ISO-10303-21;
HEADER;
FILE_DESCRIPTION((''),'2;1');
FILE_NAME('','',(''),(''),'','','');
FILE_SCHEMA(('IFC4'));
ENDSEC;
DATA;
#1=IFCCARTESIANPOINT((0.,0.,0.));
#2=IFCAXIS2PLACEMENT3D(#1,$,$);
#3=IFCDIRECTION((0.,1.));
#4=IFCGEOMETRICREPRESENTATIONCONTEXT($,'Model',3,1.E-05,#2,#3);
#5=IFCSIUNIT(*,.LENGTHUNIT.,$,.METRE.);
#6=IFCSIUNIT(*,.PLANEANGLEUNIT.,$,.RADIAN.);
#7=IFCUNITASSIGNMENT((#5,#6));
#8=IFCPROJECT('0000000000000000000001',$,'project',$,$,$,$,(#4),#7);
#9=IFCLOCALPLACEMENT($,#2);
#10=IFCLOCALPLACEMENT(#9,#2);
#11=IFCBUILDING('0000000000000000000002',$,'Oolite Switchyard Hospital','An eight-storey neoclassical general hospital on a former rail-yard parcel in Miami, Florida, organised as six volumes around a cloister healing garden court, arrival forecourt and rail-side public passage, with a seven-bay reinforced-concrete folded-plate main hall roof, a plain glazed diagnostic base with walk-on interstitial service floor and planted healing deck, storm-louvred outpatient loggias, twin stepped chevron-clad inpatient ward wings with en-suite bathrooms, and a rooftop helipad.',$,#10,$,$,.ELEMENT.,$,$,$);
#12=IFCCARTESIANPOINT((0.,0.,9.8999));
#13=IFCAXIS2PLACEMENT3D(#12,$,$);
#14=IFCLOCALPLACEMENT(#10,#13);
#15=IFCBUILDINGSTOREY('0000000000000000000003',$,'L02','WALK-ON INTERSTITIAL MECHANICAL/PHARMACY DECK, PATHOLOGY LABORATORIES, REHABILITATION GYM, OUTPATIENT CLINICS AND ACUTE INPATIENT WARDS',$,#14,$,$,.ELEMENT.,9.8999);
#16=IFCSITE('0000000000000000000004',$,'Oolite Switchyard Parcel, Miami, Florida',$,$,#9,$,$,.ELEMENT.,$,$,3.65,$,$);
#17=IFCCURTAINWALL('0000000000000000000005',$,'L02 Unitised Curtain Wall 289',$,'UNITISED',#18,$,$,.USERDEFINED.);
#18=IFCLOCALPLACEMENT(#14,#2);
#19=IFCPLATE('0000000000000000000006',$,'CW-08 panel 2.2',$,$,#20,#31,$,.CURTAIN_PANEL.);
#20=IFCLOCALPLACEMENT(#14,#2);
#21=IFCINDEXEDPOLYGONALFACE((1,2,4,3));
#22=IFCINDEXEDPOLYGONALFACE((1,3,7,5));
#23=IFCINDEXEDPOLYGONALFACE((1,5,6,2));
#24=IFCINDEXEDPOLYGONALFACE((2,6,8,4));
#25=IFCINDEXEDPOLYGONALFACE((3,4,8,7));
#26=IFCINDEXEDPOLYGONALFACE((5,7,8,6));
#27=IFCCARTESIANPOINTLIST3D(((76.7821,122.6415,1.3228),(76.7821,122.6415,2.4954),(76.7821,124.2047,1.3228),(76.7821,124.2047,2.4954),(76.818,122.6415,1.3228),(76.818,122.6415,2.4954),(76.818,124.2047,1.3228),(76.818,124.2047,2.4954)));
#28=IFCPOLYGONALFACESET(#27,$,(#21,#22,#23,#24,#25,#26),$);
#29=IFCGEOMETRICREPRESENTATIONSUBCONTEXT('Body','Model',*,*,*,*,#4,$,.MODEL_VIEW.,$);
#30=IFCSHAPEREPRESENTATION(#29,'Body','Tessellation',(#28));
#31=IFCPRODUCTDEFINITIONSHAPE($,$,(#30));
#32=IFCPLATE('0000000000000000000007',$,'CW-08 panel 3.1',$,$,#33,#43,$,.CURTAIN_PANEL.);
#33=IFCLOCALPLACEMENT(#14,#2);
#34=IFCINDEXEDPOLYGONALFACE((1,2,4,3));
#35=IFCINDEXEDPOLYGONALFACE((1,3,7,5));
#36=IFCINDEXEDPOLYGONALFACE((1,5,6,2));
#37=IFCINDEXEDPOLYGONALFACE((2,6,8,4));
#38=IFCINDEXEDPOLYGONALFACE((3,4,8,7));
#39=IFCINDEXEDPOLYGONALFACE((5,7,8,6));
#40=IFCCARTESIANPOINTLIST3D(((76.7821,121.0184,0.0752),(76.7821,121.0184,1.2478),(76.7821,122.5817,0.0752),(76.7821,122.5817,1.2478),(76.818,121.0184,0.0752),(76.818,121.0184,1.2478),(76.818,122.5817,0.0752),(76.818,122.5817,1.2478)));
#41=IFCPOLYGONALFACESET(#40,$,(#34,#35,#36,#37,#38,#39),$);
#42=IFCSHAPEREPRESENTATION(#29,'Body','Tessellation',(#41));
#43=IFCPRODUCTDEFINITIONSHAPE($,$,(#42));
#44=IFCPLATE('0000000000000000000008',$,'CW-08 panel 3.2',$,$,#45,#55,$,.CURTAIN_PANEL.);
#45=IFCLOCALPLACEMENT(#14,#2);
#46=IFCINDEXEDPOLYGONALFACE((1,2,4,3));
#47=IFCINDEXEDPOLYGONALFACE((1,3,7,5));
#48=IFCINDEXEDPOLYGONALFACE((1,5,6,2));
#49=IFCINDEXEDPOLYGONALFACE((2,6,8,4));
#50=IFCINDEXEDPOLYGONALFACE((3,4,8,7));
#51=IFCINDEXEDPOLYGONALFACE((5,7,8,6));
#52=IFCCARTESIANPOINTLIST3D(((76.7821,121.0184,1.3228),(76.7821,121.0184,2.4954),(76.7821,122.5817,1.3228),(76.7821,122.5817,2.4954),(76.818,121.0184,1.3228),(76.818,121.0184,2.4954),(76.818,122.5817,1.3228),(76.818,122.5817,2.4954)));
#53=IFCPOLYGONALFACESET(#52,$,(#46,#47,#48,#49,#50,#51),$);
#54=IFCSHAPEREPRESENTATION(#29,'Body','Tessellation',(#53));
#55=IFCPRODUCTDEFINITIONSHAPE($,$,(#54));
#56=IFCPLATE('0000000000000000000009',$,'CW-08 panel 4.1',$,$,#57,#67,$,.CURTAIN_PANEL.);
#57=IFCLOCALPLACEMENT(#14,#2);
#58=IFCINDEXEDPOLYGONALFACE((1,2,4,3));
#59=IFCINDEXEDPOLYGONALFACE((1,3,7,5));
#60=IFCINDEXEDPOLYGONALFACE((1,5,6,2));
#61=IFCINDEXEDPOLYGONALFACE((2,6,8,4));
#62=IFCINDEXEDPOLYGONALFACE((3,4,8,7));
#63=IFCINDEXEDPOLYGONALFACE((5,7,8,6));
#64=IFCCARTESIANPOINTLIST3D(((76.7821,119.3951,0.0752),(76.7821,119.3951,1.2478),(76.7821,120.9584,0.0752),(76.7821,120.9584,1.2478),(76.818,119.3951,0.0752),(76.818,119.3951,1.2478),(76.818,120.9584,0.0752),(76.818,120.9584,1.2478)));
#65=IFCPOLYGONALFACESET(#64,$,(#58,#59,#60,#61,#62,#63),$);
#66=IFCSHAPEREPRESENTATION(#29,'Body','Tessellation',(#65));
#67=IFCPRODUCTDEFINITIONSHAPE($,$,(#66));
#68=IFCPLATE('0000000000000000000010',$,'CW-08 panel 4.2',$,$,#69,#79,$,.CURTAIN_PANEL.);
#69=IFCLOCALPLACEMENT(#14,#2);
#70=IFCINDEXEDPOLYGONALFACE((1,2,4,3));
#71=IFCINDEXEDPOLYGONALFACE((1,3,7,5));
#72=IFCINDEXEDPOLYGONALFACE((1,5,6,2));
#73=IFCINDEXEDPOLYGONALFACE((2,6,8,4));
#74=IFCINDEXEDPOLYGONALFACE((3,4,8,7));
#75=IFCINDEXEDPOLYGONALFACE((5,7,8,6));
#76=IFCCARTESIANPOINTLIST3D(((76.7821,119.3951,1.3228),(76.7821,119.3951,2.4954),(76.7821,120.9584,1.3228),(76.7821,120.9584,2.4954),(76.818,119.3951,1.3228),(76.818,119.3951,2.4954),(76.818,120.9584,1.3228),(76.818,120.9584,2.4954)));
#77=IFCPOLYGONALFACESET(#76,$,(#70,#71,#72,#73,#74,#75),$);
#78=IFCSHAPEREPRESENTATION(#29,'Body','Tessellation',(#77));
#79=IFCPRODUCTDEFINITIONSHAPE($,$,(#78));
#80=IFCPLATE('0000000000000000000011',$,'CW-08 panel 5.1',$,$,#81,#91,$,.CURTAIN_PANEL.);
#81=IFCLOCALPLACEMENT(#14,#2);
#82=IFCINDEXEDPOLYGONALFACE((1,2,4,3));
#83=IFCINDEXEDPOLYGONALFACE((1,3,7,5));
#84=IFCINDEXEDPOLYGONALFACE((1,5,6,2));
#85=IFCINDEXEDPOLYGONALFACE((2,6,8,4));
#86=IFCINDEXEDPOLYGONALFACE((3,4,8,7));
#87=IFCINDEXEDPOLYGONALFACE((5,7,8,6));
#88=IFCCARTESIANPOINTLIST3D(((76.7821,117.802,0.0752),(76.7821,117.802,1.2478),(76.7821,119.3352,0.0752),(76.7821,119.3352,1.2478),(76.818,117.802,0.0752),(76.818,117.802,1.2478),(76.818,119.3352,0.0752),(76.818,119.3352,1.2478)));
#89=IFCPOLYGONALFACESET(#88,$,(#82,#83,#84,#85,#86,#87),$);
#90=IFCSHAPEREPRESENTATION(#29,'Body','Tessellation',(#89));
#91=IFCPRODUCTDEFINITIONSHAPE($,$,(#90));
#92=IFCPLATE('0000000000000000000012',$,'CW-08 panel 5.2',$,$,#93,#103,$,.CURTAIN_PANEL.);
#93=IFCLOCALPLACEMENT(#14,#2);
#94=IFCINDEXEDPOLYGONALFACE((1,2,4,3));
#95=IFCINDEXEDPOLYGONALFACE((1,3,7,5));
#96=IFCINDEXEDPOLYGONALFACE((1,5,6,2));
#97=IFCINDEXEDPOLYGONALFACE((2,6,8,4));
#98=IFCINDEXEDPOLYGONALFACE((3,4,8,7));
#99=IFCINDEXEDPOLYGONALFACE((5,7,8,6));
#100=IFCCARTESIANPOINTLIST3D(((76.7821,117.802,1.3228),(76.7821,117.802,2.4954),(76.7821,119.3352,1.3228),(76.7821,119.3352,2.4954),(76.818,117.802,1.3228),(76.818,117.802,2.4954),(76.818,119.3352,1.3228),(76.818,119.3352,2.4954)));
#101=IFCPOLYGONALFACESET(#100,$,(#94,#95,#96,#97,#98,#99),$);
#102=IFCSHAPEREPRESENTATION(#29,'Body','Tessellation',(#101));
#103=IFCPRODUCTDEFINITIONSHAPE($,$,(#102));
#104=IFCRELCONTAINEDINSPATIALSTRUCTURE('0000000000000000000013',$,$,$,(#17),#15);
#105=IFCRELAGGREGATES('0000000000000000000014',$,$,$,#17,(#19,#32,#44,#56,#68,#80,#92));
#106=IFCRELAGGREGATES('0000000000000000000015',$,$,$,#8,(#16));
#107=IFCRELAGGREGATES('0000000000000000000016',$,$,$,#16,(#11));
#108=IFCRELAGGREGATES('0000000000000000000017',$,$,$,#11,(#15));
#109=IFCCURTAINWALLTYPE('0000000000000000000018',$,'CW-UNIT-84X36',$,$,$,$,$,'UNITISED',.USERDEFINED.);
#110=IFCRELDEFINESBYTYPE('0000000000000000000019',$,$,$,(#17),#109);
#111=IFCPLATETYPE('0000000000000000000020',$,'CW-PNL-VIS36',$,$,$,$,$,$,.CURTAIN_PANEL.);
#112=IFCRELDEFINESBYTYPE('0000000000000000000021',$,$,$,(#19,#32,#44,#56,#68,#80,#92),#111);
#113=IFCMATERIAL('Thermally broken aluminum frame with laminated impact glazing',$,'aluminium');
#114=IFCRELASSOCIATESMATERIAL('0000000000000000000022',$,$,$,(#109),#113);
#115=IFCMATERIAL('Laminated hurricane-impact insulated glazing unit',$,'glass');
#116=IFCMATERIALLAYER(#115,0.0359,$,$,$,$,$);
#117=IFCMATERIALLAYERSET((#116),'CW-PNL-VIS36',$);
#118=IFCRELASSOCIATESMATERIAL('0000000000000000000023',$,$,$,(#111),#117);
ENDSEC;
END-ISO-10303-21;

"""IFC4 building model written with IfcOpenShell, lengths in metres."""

from ifc_helpers import new_model, si_unit, direction, frame, origin, origin_2d, place, context, subcontext, project, spatial, rectangle, extrude, material, layer, layer_set, type_object, element, aggregate, save


model = new_model("IFC4")

# Units and contexts
model_context = context("Model", 3, precision=1e-05, world=origin(), true_north=direction((0.0, 1.0)))
body_context = subcontext(model_context, "Body", "Model", "MODEL_VIEW")
ifc_project = project(units=[si_unit("LENGTHUNIT", "METRE"), si_unit("PLANEANGLEUNIT", "RADIAN")], contexts=[model_context])

# Site, building, storey
site_placement = place(None, origin())
site = spatial("IfcSite", under=ifc_project, at=site_placement, Name="Oolite Switchyard Parcel, Miami, Florida", CompositionType="ELEMENT", RefElevation=3.65)
building_placement = place(site_placement, origin())
building = spatial("IfcBuilding", under=site, at=building_placement, Name="Oolite Switchyard Hospital", Description="An eight-storey neoclassical general hospital on a former rail-yard parcel in Miami, Florida, organised as six volumes around a cloister healing garden court, arrival forecourt and rail-side public passage, with a seven-bay reinforced-concrete folded-plate main hall roof, a plain glazed diagnostic base with walk-on interstitial service floor and planted healing deck, storm-louvred outpatient loggias, twin stepped chevron-clad inpatient ward wings with en-suite bathrooms, and a rooftop helipad.", CompositionType="ELEMENT")
storey_placement = place(building_placement, frame((0.0, 0.0, 9.8999)))
storey = spatial("IfcBuildingStorey", under=building, at=storey_placement, Name="L02", Description="WALK-ON INTERSTITIAL MECHANICAL/PHARMACY DECK, PATHOLOGY LABORATORIES, REHABILITATION GYM, OUTPATIENT CLINICS AND ACUTE INPATIENT WARDS", CompositionType="ELEMENT", Elevation=9.8999)

# Curtain wall, plates
ifc_material_1 = material(Name="Thermally broken aluminum frame with laminated impact glazing", Category="aluminium")
curtain_wall_type = type_object("IfcCurtainWallType", Name="CW-UNIT-84X36", ElementType="UNITISED", PredefinedType="USERDEFINED", material=ifc_material_1)
curtain_wall_placement = place(storey_placement, origin())
curtain_wall = element("IfcCurtainWall", 1, at=curtain_wall_placement, inside=storey, type_object=curtain_wall_type, Name="L02 Unitised Curtain Wall 289", ObjectType="UNITISED", PredefinedType="USERDEFINED")
ifc_material_2 = material(Name="Laminated hurricane-impact insulated glazing unit", Category="glass")
ifc_layer = layer(ifc_material_2, 0.0359)
ifc_layer_set = layer_set([ifc_layer], Name="CW-PNL-VIS36")
plate_type = type_object("IfcPlateType", Name="CW-PNL-VIS36", PredefinedType="CURTAIN_PANEL", material=ifc_layer_set)
plate_1_placement = place(storey_placement, frame((76.8, 123.4231, 1.3228), z_axis=(0.0, 0.0, 1.0), x_axis=(0.0, -1.0, 0.0)))
plate_1 = element("IfcPlate", 2, at=plate_1_placement, type_object=plate_type, Name="CW-08 panel 2.2", PredefinedType="CURTAIN_PANEL", context=body_context, shape_type="SweptSolid", body=[
    extrude(rectangle(XDim=1.5632, YDim=0.0359, at=origin_2d()), origin(), (0.0, 0.0, 1.0), 1.1726),
])
plate_2_placement = place(storey_placement, frame((76.8, 121.8, 0.0752), z_axis=(0.0, 0.0, 1.0), x_axis=(0.0, -1.0, 0.0)))
plate_2 = element("IfcPlate", 3, at=plate_2_placement, type_object=plate_type, Name="CW-08 panel 3.1", PredefinedType="CURTAIN_PANEL", context=body_context, shape_type="SweptSolid", body=[
    extrude(rectangle(XDim=1.5632, YDim=0.0359, at=origin_2d()), origin(), (0.0, 0.0, 1.0), 1.1726),
])
plate_3_placement = place(storey_placement, frame((76.8, 121.8, 1.3228), z_axis=(0.0, 0.0, 1.0), x_axis=(0.0, -1.0, 0.0)))
plate_3 = element("IfcPlate", 4, at=plate_3_placement, type_object=plate_type, Name="CW-08 panel 3.2", PredefinedType="CURTAIN_PANEL", context=body_context, shape_type="SweptSolid", body=[
    extrude(rectangle(XDim=1.5632, YDim=0.0359, at=origin_2d()), origin(), (0.0, 0.0, 1.0), 1.1726),
])
plate_4_placement = place(storey_placement, frame((76.8, 120.1768, 0.0752), z_axis=(0.0, 0.0, 1.0), x_axis=(0.0, -1.0, 0.0)))
plate_4 = element("IfcPlate", 5, at=plate_4_placement, type_object=plate_type, Name="CW-08 panel 4.1", PredefinedType="CURTAIN_PANEL", context=body_context, shape_type="SweptSolid", body=[
    extrude(rectangle(XDim=1.5632, YDim=0.0359, at=origin_2d()), origin(), (0.0, 0.0, 1.0), 1.1726),
])
plate_5_placement = place(storey_placement, frame((76.8, 120.1768, 1.3228), z_axis=(0.0, 0.0, 1.0), x_axis=(0.0, -1.0, 0.0)))
plate_5 = element("IfcPlate", 6, at=plate_5_placement, type_object=plate_type, Name="CW-08 panel 4.2", PredefinedType="CURTAIN_PANEL", context=body_context, shape_type="SweptSolid", body=[
    extrude(rectangle(XDim=1.5632, YDim=0.0359, at=origin_2d()), origin(), (0.0, 0.0, 1.0), 1.1726),
])
plate_6_placement = place(storey_placement, frame((76.8, 118.5686, 0.0752), z_axis=(0.0, 0.0, 1.0), x_axis=(0.0, -1.0, 0.0)))
plate_6 = element("IfcPlate", 7, at=plate_6_placement, type_object=plate_type, Name="CW-08 panel 5.1", PredefinedType="CURTAIN_PANEL", context=body_context, shape_type="SweptSolid", body=[
    extrude(rectangle(XDim=1.5332, YDim=0.0359, at=origin_2d()), origin(), (0.0, 0.0, 1.0), 1.1726),
])
plate_7_placement = place(storey_placement, frame((76.8, 118.5686, 1.3228), z_axis=(0.0, 0.0, 1.0), x_axis=(0.0, -1.0, 0.0)))
plate_7 = element("IfcPlate", 8, at=plate_7_placement, type_object=plate_type, Name="CW-08 panel 5.2", PredefinedType="CURTAIN_PANEL", context=body_context, shape_type="SweptSolid", body=[
    extrude(rectangle(XDim=1.5332, YDim=0.0359, at=origin_2d()), origin(), (0.0, 0.0, 1.0), 1.1726),
])
aggregate(curtain_wall, [plate_1, plate_2, plate_3, plate_4, plate_5, plate_6, plate_7])

save(model, "model.ifc")
